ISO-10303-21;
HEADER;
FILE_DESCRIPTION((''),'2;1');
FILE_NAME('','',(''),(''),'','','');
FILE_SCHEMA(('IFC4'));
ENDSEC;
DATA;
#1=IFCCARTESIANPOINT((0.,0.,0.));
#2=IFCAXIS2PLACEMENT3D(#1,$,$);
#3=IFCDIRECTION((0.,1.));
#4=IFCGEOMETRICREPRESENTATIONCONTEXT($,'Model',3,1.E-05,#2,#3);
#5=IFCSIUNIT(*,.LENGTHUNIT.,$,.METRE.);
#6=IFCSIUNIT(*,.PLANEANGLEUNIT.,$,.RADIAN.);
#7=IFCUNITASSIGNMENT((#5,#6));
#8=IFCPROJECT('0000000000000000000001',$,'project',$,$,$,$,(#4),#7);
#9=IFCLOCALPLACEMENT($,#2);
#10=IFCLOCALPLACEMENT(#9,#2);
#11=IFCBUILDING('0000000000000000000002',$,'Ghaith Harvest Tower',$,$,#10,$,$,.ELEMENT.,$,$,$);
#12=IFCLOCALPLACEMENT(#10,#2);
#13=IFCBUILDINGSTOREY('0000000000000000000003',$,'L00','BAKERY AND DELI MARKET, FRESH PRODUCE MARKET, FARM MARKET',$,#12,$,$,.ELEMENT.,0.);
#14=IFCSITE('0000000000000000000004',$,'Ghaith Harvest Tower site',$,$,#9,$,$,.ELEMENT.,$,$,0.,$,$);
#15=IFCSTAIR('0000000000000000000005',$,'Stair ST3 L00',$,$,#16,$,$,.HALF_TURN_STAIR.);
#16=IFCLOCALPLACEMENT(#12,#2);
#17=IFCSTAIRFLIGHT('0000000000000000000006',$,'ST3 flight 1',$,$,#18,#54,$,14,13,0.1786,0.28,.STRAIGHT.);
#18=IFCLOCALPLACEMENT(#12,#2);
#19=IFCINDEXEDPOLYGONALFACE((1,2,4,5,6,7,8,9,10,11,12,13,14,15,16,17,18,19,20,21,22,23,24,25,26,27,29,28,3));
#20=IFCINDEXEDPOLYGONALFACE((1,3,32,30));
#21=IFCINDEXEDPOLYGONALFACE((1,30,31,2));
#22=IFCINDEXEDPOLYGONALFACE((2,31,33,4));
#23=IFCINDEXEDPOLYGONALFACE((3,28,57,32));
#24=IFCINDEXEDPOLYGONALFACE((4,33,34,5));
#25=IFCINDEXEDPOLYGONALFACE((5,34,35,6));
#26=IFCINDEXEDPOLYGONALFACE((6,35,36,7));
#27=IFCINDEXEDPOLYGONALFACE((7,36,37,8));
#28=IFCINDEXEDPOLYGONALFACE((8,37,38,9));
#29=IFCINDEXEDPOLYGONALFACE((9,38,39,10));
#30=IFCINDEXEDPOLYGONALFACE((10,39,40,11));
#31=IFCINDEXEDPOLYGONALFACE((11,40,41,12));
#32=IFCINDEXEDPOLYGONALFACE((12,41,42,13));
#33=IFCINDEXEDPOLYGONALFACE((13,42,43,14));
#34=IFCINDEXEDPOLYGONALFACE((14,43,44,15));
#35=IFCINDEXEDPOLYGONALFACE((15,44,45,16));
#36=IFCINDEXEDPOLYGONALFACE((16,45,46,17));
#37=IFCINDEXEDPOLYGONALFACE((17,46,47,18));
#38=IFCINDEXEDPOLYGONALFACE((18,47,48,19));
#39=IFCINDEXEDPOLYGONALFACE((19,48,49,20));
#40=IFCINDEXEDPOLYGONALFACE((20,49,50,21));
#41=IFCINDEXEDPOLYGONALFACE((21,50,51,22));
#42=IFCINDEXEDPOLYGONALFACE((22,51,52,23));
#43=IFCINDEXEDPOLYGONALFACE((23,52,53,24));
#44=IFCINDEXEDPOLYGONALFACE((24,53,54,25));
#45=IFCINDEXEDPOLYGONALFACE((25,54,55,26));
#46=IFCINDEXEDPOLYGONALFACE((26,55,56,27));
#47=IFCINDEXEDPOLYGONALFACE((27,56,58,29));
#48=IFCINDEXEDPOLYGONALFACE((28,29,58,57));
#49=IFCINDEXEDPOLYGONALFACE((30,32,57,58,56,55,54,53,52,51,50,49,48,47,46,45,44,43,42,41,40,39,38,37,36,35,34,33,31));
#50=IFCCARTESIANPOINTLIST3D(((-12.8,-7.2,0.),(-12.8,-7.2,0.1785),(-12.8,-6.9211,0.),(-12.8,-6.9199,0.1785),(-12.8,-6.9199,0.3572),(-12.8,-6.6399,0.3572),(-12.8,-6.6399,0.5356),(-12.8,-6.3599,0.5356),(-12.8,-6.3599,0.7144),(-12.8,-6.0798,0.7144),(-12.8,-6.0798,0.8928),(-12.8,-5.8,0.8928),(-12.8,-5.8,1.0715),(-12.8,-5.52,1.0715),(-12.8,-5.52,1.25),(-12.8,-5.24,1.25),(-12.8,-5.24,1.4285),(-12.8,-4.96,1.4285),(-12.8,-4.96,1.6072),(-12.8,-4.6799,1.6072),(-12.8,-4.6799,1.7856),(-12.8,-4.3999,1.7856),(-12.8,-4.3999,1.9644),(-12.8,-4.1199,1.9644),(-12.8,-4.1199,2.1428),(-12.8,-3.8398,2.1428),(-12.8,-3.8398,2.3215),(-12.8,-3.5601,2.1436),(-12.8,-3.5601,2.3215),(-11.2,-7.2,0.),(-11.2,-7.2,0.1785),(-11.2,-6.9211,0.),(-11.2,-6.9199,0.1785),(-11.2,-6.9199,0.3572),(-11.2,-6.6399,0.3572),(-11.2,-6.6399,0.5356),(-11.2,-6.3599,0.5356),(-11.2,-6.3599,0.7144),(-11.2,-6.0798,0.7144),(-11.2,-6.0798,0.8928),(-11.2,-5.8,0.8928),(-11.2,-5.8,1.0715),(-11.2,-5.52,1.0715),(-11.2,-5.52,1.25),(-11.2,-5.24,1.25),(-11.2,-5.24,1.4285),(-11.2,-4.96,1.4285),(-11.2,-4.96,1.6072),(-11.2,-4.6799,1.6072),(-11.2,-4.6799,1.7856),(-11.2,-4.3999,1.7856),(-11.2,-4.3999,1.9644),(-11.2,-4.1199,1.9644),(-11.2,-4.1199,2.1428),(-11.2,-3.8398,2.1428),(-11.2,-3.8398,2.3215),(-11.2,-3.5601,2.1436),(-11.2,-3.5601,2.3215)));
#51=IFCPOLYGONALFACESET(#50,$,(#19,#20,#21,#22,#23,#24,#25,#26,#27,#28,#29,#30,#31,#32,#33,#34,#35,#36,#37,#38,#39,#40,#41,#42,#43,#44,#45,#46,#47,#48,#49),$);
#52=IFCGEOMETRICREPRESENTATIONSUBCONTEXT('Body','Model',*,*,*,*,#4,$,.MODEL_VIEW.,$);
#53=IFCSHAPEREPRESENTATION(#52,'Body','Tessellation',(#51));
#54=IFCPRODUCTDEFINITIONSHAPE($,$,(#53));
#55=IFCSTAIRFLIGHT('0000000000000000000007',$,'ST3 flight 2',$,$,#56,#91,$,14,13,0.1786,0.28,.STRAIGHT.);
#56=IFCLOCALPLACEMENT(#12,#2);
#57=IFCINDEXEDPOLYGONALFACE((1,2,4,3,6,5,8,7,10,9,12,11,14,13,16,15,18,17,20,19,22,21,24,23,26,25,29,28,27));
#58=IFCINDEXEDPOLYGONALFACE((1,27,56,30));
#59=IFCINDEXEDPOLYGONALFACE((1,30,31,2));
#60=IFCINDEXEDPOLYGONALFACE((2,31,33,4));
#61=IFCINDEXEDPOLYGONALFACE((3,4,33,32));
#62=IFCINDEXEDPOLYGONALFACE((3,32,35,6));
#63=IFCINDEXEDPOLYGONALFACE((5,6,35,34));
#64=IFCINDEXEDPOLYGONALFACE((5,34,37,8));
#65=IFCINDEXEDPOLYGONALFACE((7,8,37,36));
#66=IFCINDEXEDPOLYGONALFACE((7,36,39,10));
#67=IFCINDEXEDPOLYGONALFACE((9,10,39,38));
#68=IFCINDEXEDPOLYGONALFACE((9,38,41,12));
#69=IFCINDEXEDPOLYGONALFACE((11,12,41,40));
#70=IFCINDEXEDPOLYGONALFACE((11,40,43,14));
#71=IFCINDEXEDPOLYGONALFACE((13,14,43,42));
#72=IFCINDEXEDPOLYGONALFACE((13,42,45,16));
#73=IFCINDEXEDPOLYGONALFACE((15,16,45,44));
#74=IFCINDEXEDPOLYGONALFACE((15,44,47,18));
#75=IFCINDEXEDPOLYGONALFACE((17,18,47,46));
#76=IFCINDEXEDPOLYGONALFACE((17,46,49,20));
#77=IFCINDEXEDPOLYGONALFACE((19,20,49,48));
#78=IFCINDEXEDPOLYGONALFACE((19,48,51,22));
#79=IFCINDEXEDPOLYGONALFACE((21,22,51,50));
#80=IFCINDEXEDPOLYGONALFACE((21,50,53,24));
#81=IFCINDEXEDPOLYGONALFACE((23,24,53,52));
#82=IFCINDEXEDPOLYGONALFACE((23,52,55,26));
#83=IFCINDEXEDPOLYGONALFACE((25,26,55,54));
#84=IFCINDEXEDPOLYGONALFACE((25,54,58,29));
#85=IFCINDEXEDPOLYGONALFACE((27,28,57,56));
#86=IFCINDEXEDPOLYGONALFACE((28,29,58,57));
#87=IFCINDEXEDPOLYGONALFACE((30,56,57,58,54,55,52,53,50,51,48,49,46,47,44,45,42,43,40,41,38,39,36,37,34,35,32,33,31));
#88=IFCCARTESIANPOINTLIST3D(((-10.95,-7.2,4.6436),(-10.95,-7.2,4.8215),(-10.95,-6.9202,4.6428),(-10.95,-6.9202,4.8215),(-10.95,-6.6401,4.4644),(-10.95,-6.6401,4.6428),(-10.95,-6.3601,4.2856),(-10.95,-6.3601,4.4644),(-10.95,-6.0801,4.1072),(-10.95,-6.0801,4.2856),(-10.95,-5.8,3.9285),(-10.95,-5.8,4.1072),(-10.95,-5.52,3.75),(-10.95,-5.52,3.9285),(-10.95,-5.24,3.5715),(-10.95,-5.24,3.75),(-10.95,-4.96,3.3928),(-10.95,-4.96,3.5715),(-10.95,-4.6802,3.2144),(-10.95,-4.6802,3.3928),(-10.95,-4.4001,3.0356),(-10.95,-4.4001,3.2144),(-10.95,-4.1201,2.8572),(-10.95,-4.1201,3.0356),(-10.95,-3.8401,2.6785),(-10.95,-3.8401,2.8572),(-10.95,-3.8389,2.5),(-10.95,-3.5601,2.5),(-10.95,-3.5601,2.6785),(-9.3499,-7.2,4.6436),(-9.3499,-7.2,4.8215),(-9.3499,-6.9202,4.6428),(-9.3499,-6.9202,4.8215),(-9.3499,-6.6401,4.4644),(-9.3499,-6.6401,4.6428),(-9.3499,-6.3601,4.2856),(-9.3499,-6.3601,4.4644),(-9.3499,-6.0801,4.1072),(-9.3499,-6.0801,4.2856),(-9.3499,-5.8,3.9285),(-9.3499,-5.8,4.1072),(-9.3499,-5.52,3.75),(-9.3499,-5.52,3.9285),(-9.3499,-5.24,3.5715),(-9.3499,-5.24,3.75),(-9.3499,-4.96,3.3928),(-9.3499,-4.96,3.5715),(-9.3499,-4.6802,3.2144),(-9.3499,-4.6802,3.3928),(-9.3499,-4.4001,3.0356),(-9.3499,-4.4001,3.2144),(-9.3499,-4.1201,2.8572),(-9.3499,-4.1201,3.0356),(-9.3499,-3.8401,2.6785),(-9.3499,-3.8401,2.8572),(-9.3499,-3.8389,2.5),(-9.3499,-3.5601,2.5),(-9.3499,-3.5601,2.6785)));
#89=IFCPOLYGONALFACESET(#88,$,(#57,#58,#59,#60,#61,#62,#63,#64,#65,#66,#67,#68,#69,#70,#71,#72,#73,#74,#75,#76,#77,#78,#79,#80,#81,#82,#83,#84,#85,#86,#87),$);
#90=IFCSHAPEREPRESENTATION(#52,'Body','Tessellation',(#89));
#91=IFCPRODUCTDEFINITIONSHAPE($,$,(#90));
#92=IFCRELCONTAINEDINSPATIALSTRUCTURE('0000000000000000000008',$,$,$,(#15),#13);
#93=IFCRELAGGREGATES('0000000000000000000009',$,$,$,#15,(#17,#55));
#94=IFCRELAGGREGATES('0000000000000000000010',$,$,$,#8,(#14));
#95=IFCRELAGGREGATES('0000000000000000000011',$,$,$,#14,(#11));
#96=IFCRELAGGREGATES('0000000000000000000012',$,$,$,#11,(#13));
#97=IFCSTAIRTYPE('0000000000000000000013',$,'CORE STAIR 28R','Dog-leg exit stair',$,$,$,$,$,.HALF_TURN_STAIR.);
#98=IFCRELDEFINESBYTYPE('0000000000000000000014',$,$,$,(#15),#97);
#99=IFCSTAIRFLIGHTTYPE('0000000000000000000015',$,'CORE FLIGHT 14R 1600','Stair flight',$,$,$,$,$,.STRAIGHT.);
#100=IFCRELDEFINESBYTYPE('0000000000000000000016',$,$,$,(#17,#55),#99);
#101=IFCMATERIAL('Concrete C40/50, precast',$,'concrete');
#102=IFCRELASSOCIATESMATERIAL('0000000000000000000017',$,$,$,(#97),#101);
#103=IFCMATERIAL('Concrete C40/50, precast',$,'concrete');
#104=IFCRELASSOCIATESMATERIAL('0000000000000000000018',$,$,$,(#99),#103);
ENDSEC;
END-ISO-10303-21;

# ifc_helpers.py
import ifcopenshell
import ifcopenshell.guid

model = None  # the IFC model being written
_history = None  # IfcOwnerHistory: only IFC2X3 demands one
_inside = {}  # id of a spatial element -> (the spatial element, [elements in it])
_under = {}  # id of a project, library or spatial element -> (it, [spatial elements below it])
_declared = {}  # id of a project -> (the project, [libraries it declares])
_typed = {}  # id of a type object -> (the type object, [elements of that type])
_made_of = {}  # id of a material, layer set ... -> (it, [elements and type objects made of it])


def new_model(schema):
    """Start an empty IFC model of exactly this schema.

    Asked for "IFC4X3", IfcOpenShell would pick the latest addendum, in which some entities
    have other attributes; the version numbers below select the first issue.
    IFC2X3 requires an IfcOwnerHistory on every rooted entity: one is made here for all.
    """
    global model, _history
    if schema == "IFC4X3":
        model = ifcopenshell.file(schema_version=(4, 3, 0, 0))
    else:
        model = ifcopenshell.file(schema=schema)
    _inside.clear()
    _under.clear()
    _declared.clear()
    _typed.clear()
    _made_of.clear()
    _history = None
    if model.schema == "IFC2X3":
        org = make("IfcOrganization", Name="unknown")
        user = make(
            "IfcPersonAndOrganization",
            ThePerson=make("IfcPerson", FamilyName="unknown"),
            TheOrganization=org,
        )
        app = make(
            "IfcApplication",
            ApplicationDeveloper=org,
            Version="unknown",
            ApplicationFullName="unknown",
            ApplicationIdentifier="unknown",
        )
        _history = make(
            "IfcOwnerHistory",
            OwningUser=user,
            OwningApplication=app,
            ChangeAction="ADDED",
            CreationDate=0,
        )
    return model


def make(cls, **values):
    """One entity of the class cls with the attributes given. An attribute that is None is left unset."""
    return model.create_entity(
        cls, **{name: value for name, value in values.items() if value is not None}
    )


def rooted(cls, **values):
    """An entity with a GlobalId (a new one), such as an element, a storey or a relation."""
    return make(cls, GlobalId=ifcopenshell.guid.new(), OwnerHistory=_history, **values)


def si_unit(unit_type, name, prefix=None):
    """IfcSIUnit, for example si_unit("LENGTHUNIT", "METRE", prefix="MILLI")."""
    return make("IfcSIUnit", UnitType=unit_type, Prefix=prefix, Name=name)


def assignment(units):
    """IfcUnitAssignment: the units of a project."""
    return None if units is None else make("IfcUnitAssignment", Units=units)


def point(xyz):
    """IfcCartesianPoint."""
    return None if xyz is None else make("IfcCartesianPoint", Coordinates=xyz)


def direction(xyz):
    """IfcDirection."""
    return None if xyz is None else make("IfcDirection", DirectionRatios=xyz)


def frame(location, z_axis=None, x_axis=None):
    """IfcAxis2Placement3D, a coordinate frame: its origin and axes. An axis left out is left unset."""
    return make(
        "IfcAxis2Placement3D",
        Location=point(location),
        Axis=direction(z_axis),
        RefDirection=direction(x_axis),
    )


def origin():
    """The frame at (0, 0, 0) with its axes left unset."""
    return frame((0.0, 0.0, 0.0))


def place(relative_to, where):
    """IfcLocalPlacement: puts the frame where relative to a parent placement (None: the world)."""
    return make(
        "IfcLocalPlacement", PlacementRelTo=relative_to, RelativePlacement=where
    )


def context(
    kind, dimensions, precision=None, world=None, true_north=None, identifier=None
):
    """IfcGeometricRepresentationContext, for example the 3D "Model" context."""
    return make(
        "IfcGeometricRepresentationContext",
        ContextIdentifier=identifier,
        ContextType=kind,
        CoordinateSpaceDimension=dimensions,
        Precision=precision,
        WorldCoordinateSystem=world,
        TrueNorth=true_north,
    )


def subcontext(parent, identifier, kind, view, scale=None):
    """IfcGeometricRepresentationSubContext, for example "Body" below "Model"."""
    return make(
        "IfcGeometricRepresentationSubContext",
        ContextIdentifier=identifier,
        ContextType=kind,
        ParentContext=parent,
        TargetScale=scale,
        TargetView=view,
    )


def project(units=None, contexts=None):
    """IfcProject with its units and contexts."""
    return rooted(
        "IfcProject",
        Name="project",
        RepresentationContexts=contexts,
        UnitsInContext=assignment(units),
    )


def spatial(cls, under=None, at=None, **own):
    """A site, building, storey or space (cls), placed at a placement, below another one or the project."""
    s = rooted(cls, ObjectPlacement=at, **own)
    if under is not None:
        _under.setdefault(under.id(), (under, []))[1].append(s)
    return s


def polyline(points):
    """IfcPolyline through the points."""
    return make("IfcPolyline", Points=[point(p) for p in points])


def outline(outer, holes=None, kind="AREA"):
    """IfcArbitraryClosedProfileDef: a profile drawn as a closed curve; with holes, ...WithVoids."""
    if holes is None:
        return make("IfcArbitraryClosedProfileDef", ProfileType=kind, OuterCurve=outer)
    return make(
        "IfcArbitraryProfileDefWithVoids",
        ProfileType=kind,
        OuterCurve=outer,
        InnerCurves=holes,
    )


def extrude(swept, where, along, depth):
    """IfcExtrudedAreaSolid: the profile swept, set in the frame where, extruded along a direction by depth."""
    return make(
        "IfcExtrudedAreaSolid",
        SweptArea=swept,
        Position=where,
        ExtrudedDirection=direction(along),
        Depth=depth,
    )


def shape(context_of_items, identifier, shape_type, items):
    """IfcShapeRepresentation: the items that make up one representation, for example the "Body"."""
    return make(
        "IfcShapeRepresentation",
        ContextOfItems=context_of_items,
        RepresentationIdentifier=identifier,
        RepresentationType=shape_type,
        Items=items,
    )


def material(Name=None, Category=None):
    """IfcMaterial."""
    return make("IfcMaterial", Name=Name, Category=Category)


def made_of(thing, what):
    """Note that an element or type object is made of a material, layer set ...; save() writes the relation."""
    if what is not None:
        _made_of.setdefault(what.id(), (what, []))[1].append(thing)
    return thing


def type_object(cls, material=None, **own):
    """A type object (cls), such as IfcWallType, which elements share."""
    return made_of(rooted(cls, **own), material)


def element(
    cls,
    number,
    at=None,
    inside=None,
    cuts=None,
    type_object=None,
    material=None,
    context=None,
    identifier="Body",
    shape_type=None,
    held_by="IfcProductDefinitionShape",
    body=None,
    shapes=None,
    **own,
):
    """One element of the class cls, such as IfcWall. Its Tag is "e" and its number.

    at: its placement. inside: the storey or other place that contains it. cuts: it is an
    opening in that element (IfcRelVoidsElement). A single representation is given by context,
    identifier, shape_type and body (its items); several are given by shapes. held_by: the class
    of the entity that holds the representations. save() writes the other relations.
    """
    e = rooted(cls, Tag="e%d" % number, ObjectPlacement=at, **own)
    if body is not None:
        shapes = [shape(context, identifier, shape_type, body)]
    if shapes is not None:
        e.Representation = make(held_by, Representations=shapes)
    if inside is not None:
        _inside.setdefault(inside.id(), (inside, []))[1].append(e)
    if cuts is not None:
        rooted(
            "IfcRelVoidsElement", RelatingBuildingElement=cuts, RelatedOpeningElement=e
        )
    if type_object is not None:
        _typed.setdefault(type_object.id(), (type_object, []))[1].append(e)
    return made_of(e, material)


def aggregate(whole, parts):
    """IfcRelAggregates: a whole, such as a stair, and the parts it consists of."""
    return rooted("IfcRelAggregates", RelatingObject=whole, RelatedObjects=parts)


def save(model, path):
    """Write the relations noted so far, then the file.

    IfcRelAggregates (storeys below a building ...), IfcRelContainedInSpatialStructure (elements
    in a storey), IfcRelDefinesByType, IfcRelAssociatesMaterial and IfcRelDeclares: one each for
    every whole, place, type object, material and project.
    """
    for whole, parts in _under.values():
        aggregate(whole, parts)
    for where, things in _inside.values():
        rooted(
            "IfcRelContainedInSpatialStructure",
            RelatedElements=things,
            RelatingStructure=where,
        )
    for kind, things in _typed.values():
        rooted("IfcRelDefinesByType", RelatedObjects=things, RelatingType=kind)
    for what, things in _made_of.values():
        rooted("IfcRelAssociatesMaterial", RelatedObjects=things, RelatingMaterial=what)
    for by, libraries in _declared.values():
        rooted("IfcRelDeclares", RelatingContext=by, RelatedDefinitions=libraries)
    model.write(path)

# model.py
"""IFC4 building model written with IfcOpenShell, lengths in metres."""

from ifc_helpers import new_model, si_unit, direction, frame, origin, place, context, subcontext, project, spatial, polyline, outline, extrude, material, type_object, element, aggregate, save


model = new_model("IFC4")

# Units and contexts
model_context = context("Model", 3, precision=1e-05, world=origin(), true_north=direction((0.0, 1.0)))
body_context = subcontext(model_context, "Body", "Model", "MODEL_VIEW")
ifc_project = project(units=[si_unit("LENGTHUNIT", "METRE"), si_unit("PLANEANGLEUNIT", "RADIAN")], contexts=[model_context])

# Site, building, storey
site_placement = place(None, origin())
site = spatial("IfcSite", under=ifc_project, at=site_placement, Name="Ghaith Harvest Tower site", CompositionType="ELEMENT", RefElevation=0.0)
building_placement = place(site_placement, origin())
building = spatial("IfcBuilding", under=site, at=building_placement, Name="Ghaith Harvest Tower", CompositionType="ELEMENT")
storey_placement = place(building_placement, origin())
storey = spatial("IfcBuildingStorey", under=building, at=storey_placement, Name="L00", Description="BAKERY AND DELI MARKET, FRESH PRODUCE MARKET, FARM MARKET", CompositionType="ELEMENT", Elevation=0.0)

# Stair, stair flights
ifc_material_1 = material(Name="Concrete C40/50, precast", Category="concrete")
stair_type = type_object("IfcStairType", Name="CORE STAIR 28R", Description="Dog-leg exit stair", PredefinedType="HALF_TURN_STAIR", material=ifc_material_1)
stair_placement = place(storey_placement, origin())
stair = element("IfcStair", 1, at=stair_placement, inside=storey, type_object=stair_type, Name="Stair ST3 L00", PredefinedType="HALF_TURN_STAIR")
ifc_material_2 = material(Name="Concrete C40/50, precast", Category="concrete")
stair_flight_type = type_object("IfcStairFlightType", Name="CORE FLIGHT 14R 1600", Description="Stair flight", PredefinedType="STRAIGHT", material=ifc_material_2)
stair_flight_1_placement = place(storey_placement, frame((-12.0, -7.2, 0.0), z_axis=(0.0, 0.0, 1.0), x_axis=(0.0, 1.0, 0.0)))
stair_flight_1 = element("IfcStairFlight", 2, at=stair_flight_1_placement, type_object=stair_flight_type, Name="ST3 flight 1", NumberOfRisers=14, NumberOfTreads=13, PredefinedType="STRAIGHT", RiserHeight=0.1786, TreadLength=0.28, context=body_context, shape_type="SweptSolid", body=[
    extrude(outline(polyline([(0.0, 0.0), (0.0, 0.1785), (0.28, 0.1785), (0.28, 0.3572), (0.5601, 0.3572), (0.5601, 0.5356), (0.8401, 0.5356), (0.8401, 0.7144), (1.1201, 0.7144), (1.1201, 0.8928), (1.3999, 0.8928), (1.3999, 1.0715), (1.6799, 1.0715), (1.6799, 1.25), (1.96, 1.25), (1.96, 1.4285), (2.24, 1.4285), (2.24, 1.6072), (2.52, 1.6072), (2.52, 1.7856), (2.8, 1.7856), (2.8, 1.9644), (3.0801, 1.9644), (3.0801, 2.1428), (3.3601, 2.1428), (3.3601, 2.3215), (3.6399, 2.3215), (3.6399, 2.5), (3.6399, 2.1436), (0.2788, 0.0), (0.0, 0.0)])), frame((0.0, 0.8, 0.0), z_axis=(0.0, -1.0, 0.0), x_axis=(1.0, 0.0, 0.0)), (0.0, 0.0, 1.0), 1.6001),
])
stair_flight_2_placement = place(storey_placement, frame((-10.1499, -3.5601, 2.5), z_axis=(0.0, 0.0, 1.0), x_axis=(0.0, -1.0, 0.0)))
stair_flight_2 = element("IfcStairFlight", 3, at=stair_flight_2_placement, type_object=stair_flight_type, Name="ST3 flight 2", NumberOfRisers=14, NumberOfTreads=13, PredefinedType="STRAIGHT", RiserHeight=0.1786, TreadLength=0.28, context=body_context, shape_type="SweptSolid", body=[
    extrude(outline(polyline([(0.0, 0.0), (0.0, 0.1785), (0.28, 0.1785), (0.28, 0.3572), (0.5601, 0.3572), (0.5601, 0.5356), (0.8401, 0.5356), (0.8401, 0.7144), (1.1201, 0.7144), (1.1201, 0.8928), (1.3999, 0.8928), (1.3999, 1.0715), (1.6799, 1.0715), (1.6799, 1.25), (1.96, 1.25), (1.96, 1.4285), (2.24, 1.4285), (2.24, 1.6072), (2.52, 1.6072), (2.52, 1.7856), (2.8, 1.7856), (2.8, 1.9644), (3.0801, 1.9644), (3.0801, 2.1428), (3.3601, 2.1428), (3.3601, 2.3215), (3.6399, 2.3215), (3.6399, 2.5), (3.6399, 2.1436), (0.2788, 0.0), (0.0, 0.0)])), frame((0.0, 0.8, 0.0), z_axis=(0.0, -1.0, 0.0), x_axis=(1.0, 0.0, 0.0)), (0.0, 0.0, 1.0), 1.6001),
])
aggregate(stair, [stair_flight_1, stair_flight_2])

save(model, "model.ifc")
